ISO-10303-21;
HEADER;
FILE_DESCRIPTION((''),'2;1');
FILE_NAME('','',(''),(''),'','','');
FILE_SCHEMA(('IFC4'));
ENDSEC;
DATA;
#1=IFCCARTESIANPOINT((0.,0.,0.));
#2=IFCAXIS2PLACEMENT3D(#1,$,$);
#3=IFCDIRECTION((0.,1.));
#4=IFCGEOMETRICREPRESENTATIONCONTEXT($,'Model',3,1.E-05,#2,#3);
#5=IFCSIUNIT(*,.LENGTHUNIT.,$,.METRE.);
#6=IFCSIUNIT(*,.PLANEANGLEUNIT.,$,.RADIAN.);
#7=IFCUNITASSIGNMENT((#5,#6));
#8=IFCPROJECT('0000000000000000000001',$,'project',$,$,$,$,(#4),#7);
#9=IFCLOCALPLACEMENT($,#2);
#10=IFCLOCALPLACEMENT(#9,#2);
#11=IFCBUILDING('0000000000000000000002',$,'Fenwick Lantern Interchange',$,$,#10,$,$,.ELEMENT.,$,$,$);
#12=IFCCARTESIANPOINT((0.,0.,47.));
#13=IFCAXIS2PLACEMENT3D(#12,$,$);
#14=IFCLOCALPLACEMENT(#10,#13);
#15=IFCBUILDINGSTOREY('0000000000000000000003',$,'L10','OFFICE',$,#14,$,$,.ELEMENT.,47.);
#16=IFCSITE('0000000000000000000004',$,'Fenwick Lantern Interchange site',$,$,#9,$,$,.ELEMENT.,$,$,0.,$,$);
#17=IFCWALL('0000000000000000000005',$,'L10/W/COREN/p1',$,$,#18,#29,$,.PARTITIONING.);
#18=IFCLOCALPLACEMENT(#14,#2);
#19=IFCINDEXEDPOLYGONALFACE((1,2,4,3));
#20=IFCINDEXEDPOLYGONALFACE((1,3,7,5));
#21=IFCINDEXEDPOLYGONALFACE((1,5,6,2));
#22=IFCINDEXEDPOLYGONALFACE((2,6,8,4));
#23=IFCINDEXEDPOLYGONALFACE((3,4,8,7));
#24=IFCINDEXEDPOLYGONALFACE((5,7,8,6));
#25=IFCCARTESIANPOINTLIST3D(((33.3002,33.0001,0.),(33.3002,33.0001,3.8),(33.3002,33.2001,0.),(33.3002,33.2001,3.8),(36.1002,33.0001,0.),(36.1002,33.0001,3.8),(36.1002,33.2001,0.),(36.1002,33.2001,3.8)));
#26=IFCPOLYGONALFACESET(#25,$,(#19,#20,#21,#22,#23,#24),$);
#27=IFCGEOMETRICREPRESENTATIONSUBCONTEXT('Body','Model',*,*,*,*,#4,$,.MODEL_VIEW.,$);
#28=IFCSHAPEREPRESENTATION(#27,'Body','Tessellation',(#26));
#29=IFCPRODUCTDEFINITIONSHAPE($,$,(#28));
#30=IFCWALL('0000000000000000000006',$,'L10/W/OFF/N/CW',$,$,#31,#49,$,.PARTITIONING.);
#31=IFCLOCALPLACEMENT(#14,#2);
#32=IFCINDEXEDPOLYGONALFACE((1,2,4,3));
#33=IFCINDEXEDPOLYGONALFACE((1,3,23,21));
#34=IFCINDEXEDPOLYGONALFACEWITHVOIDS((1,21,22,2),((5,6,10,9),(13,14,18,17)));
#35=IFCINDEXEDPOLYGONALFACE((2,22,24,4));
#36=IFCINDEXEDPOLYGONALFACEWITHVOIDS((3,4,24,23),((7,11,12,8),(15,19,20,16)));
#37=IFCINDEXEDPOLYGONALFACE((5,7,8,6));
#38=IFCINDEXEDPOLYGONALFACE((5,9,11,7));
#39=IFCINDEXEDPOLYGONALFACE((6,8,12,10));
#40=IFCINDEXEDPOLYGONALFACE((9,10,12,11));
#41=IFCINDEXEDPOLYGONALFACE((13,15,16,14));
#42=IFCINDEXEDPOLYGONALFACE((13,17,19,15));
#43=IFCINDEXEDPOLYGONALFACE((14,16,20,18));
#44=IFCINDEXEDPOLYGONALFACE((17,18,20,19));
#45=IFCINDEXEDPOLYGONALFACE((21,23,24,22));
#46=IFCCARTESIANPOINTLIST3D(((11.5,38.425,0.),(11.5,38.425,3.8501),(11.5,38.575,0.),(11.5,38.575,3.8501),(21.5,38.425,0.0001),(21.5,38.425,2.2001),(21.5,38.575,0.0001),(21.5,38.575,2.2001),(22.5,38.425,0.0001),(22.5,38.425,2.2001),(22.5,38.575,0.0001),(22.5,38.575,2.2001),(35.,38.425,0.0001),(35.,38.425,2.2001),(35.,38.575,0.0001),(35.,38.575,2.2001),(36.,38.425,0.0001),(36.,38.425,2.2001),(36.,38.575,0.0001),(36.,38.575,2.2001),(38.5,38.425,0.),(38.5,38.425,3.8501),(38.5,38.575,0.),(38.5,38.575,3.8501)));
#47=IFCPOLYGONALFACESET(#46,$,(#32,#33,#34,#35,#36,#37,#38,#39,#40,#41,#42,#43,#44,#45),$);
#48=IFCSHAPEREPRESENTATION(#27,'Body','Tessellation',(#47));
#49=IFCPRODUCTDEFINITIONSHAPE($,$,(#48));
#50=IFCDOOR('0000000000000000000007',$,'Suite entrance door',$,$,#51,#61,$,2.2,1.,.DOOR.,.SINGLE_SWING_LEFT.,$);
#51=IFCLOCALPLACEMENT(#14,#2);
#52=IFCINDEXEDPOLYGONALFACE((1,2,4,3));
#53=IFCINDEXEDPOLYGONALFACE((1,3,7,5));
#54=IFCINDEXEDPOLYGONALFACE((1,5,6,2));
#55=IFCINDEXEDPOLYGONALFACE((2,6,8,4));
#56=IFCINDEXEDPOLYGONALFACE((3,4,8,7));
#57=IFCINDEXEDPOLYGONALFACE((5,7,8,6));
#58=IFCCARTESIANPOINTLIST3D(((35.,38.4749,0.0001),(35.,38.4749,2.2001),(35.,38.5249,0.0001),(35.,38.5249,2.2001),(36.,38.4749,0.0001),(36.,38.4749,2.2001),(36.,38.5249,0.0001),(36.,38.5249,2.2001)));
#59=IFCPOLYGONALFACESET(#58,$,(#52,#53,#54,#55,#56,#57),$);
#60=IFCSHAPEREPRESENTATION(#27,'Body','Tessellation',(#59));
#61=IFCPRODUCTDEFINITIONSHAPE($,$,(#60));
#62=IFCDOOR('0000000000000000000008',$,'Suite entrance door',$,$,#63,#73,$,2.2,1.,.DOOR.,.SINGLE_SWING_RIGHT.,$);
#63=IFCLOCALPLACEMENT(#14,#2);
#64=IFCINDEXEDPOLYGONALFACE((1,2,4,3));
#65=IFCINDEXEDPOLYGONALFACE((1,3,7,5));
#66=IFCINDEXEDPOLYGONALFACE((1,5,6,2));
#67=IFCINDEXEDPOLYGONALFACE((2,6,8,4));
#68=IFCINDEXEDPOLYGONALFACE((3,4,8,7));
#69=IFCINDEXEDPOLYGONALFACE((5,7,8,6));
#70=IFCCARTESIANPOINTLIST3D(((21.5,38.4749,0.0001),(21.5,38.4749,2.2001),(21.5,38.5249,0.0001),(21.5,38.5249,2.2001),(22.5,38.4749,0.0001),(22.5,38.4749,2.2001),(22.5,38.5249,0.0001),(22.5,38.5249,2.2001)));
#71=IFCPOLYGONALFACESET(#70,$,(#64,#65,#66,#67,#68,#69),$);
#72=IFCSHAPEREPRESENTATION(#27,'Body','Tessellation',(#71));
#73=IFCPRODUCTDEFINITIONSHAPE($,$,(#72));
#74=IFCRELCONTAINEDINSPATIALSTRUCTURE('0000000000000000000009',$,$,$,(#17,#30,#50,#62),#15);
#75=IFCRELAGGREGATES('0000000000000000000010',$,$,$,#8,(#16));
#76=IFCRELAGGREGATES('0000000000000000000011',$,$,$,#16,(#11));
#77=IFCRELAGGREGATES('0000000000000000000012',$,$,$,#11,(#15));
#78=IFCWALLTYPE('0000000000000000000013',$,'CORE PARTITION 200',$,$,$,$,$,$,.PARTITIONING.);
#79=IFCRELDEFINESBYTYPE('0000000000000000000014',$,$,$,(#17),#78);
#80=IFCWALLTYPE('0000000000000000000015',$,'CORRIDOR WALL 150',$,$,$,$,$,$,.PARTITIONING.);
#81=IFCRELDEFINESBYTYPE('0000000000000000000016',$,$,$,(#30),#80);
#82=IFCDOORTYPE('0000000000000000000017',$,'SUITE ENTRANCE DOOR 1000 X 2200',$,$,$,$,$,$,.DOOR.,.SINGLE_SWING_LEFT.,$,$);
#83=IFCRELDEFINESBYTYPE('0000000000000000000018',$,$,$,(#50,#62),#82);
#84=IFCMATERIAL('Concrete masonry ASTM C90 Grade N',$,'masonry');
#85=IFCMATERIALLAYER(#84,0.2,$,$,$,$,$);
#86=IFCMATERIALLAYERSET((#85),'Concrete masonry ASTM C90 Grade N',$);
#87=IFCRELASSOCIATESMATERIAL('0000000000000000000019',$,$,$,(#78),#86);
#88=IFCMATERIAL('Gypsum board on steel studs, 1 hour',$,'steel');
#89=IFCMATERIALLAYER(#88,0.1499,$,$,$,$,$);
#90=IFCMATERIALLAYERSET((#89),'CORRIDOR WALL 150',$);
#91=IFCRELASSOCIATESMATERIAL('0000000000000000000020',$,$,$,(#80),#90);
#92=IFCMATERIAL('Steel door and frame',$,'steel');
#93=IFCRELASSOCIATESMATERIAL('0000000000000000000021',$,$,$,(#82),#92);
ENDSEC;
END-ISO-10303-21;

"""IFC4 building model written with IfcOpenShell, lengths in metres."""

from ifc_helpers import new_model, si_unit, direction, frame, frame_2d, origin, place, context, subcontext, project, spatial, rectangle, extrude, material, layer, layer_set, type_object, element, fill, save


model = new_model("IFC4")

# Units and contexts
model_context = context("Model", 3, precision=1e-05, world=origin(), true_north=direction((0.0, 1.0)))
body_context = subcontext(model_context, "Body", "Model", "MODEL_VIEW")
ifc_project = project(units=[si_unit("LENGTHUNIT", "METRE"), si_unit("PLANEANGLEUNIT", "RADIAN")], contexts=[model_context])

# Site, building, storey
site_placement = place(None, origin())
site = spatial("IfcSite", under=ifc_project, at=site_placement, Name="Fenwick Lantern Interchange site", CompositionType="ELEMENT", RefElevation=0.0)
building_placement = place(site_placement, origin())
building = spatial("IfcBuilding", under=site, at=building_placement, Name="Fenwick Lantern Interchange", CompositionType="ELEMENT")
storey_placement = place(building_placement, frame((0.0, 0.0, 47.0)))
storey = spatial("IfcBuildingStorey", under=building, at=storey_placement, Name="L10", Description="OFFICE", CompositionType="ELEMENT", Elevation=47.0)

# Wall
ifc_material_1 = material(Name="Concrete masonry ASTM C90 Grade N", Category="masonry")
ifc_layer_1 = layer(ifc_material_1, 0.2)
ifc_layer_set_1 = layer_set([ifc_layer_1], Name="Concrete masonry ASTM C90 Grade N")
wall_type_1 = type_object("IfcWallType", Name="CORE PARTITION 200", PredefinedType="PARTITIONING", material=ifc_layer_set_1)
for number, where, z_axis, x_axis, name in (
    (1, (36.1001, 33.1001, 0.0), (0.0, 0.0, 1.0), (-1.0, 0.0, 0.0), "L10/W/COREN/p1"),
):
    element("IfcWall", number, at=place(storey_placement, frame(where, z_axis=z_axis, x_axis=x_axis)), inside=storey, type_object=wall_type_1, Name=name, PredefinedType="PARTITIONING", context=body_context, shape_type="SweptSolid", body=[
        extrude(rectangle(XDim=2.8, YDim=0.2, at=frame_2d((1.3999, 0.0))), origin(), (0.0, 0.0, 1.0), 3.8),
    ])

# Wall, openings, doors
ifc_material_2 = material(Name="Steel door and frame", Category="steel")
ifc_material_3 = material(Name="Gypsum board on steel studs, 1 hour", Category="steel")
ifc_layer_2 = layer(ifc_material_3, 0.1499)
ifc_layer_set_2 = layer_set([ifc_layer_2], Name="CORRIDOR WALL 150")
wall_type_2 = type_object("IfcWallType", Name="CORRIDOR WALL 150", PredefinedType="PARTITIONING", material=ifc_layer_set_2)
wall_1_placement = place(storey_placement, frame((38.5, 38.5, 0.0), z_axis=(0.0, 0.0, 1.0), x_axis=(-1.0, 0.0, 0.0)))
wall_1 = element("IfcWall", 2, at=wall_1_placement, inside=storey, type_object=wall_type_2, Name="L10/W/OFF/N/CW", PredefinedType="PARTITIONING", context=body_context, shape_type="SweptSolid", body=[
    extrude(rectangle(XDim=27.0, YDim=0.1499, at=frame_2d((13.5, 0.0))), origin(), (0.0, 0.0, 1.0), 3.8501),
])
opening_1_placement = place(wall_1_placement, frame((2.5, 0.0, 0.0)))
opening_1 = element("IfcOpeningElement", 3, at=opening_1_placement, cuts=wall_1, PredefinedType="OPENING", context=body_context, shape_type="SweptSolid", body=[
    extrude(rectangle(XDim=1.0, YDim=2.2, at=frame_2d((0.5, 1.1001))), frame((0.0, 0.085, 0.0), z_axis=(0.0, -1.0, 0.0), x_axis=(1.0, 0.0, 0.0)), (0.0, 0.0, 1.0), 0.1699),
])
opening_2_placement = place(wall_1_placement, frame((16.0, 0.0, 0.0)))
opening_2 = element("IfcOpeningElement", 4, at=opening_2_placement, cuts=wall_1, PredefinedType="OPENING", context=body_context, shape_type="SweptSolid", body=[
    extrude(rectangle(XDim=1.0, YDim=2.2, at=frame_2d((0.5, 1.1001))), frame((0.0, 0.085, 0.0), z_axis=(0.0, -1.0, 0.0), x_axis=(1.0, 0.0, 0.0)), (0.0, 0.0, 1.0), 0.1699),
])
door_type_1 = type_object("IfcDoorType", Name="SUITE ENTRANCE DOOR 1000 X 2200", OperationType="SINGLE_SWING_LEFT", PredefinedType="DOOR", material=ifc_material_2)
door_1_placement = place(opening_1_placement, frame((1.0, 0.0, 0.0), z_axis=(0.0, 0.0, 1.0), x_axis=(-1.0, 0.0, 0.0)))
door_1 = element("IfcDoor", 5, at=door_1_placement, inside=storey, type_object=door_type_1, Name="Suite entrance door", OperationType="SINGLE_SWING_LEFT", OverallHeight=2.2, OverallWidth=1.0, PredefinedType="DOOR", context=body_context, shape_type="SweptSolid", body=[
    extrude(rectangle(XDim=1.0, YDim=2.2, at=frame_2d((0.5, 1.1001))), frame((0.0, 0.0249, 0.0), z_axis=(0.0, -1.0, 0.0), x_axis=(1.0, 0.0, 0.0)), (0.0, 0.0, 1.0), 0.05),
])
fill(opening_1, door_1)
door_2_placement = place(opening_2_placement, frame((1.0, 0.0, 0.0), z_axis=(0.0, 0.0, 1.0), x_axis=(-1.0, 0.0, 0.0)))
door_2 = element("IfcDoor", 6, at=door_2_placement, inside=storey, type_object=door_type_1, Name="Suite entrance door", OperationType="SINGLE_SWING_RIGHT", OverallHeight=2.2, OverallWidth=1.0, PredefinedType="DOOR", context=body_context, shape_type="SweptSolid", body=[
    extrude(rectangle(XDim=1.0, YDim=2.2, at=frame_2d((0.5, 1.1001))), frame((0.0, 0.0249, 0.0), z_axis=(0.0, -1.0, 0.0), x_axis=(1.0, 0.0, 0.0)), (0.0, 0.0, 1.0), 0.05),
])
fill(opening_2, door_2)

save(model, "model.ifc")
